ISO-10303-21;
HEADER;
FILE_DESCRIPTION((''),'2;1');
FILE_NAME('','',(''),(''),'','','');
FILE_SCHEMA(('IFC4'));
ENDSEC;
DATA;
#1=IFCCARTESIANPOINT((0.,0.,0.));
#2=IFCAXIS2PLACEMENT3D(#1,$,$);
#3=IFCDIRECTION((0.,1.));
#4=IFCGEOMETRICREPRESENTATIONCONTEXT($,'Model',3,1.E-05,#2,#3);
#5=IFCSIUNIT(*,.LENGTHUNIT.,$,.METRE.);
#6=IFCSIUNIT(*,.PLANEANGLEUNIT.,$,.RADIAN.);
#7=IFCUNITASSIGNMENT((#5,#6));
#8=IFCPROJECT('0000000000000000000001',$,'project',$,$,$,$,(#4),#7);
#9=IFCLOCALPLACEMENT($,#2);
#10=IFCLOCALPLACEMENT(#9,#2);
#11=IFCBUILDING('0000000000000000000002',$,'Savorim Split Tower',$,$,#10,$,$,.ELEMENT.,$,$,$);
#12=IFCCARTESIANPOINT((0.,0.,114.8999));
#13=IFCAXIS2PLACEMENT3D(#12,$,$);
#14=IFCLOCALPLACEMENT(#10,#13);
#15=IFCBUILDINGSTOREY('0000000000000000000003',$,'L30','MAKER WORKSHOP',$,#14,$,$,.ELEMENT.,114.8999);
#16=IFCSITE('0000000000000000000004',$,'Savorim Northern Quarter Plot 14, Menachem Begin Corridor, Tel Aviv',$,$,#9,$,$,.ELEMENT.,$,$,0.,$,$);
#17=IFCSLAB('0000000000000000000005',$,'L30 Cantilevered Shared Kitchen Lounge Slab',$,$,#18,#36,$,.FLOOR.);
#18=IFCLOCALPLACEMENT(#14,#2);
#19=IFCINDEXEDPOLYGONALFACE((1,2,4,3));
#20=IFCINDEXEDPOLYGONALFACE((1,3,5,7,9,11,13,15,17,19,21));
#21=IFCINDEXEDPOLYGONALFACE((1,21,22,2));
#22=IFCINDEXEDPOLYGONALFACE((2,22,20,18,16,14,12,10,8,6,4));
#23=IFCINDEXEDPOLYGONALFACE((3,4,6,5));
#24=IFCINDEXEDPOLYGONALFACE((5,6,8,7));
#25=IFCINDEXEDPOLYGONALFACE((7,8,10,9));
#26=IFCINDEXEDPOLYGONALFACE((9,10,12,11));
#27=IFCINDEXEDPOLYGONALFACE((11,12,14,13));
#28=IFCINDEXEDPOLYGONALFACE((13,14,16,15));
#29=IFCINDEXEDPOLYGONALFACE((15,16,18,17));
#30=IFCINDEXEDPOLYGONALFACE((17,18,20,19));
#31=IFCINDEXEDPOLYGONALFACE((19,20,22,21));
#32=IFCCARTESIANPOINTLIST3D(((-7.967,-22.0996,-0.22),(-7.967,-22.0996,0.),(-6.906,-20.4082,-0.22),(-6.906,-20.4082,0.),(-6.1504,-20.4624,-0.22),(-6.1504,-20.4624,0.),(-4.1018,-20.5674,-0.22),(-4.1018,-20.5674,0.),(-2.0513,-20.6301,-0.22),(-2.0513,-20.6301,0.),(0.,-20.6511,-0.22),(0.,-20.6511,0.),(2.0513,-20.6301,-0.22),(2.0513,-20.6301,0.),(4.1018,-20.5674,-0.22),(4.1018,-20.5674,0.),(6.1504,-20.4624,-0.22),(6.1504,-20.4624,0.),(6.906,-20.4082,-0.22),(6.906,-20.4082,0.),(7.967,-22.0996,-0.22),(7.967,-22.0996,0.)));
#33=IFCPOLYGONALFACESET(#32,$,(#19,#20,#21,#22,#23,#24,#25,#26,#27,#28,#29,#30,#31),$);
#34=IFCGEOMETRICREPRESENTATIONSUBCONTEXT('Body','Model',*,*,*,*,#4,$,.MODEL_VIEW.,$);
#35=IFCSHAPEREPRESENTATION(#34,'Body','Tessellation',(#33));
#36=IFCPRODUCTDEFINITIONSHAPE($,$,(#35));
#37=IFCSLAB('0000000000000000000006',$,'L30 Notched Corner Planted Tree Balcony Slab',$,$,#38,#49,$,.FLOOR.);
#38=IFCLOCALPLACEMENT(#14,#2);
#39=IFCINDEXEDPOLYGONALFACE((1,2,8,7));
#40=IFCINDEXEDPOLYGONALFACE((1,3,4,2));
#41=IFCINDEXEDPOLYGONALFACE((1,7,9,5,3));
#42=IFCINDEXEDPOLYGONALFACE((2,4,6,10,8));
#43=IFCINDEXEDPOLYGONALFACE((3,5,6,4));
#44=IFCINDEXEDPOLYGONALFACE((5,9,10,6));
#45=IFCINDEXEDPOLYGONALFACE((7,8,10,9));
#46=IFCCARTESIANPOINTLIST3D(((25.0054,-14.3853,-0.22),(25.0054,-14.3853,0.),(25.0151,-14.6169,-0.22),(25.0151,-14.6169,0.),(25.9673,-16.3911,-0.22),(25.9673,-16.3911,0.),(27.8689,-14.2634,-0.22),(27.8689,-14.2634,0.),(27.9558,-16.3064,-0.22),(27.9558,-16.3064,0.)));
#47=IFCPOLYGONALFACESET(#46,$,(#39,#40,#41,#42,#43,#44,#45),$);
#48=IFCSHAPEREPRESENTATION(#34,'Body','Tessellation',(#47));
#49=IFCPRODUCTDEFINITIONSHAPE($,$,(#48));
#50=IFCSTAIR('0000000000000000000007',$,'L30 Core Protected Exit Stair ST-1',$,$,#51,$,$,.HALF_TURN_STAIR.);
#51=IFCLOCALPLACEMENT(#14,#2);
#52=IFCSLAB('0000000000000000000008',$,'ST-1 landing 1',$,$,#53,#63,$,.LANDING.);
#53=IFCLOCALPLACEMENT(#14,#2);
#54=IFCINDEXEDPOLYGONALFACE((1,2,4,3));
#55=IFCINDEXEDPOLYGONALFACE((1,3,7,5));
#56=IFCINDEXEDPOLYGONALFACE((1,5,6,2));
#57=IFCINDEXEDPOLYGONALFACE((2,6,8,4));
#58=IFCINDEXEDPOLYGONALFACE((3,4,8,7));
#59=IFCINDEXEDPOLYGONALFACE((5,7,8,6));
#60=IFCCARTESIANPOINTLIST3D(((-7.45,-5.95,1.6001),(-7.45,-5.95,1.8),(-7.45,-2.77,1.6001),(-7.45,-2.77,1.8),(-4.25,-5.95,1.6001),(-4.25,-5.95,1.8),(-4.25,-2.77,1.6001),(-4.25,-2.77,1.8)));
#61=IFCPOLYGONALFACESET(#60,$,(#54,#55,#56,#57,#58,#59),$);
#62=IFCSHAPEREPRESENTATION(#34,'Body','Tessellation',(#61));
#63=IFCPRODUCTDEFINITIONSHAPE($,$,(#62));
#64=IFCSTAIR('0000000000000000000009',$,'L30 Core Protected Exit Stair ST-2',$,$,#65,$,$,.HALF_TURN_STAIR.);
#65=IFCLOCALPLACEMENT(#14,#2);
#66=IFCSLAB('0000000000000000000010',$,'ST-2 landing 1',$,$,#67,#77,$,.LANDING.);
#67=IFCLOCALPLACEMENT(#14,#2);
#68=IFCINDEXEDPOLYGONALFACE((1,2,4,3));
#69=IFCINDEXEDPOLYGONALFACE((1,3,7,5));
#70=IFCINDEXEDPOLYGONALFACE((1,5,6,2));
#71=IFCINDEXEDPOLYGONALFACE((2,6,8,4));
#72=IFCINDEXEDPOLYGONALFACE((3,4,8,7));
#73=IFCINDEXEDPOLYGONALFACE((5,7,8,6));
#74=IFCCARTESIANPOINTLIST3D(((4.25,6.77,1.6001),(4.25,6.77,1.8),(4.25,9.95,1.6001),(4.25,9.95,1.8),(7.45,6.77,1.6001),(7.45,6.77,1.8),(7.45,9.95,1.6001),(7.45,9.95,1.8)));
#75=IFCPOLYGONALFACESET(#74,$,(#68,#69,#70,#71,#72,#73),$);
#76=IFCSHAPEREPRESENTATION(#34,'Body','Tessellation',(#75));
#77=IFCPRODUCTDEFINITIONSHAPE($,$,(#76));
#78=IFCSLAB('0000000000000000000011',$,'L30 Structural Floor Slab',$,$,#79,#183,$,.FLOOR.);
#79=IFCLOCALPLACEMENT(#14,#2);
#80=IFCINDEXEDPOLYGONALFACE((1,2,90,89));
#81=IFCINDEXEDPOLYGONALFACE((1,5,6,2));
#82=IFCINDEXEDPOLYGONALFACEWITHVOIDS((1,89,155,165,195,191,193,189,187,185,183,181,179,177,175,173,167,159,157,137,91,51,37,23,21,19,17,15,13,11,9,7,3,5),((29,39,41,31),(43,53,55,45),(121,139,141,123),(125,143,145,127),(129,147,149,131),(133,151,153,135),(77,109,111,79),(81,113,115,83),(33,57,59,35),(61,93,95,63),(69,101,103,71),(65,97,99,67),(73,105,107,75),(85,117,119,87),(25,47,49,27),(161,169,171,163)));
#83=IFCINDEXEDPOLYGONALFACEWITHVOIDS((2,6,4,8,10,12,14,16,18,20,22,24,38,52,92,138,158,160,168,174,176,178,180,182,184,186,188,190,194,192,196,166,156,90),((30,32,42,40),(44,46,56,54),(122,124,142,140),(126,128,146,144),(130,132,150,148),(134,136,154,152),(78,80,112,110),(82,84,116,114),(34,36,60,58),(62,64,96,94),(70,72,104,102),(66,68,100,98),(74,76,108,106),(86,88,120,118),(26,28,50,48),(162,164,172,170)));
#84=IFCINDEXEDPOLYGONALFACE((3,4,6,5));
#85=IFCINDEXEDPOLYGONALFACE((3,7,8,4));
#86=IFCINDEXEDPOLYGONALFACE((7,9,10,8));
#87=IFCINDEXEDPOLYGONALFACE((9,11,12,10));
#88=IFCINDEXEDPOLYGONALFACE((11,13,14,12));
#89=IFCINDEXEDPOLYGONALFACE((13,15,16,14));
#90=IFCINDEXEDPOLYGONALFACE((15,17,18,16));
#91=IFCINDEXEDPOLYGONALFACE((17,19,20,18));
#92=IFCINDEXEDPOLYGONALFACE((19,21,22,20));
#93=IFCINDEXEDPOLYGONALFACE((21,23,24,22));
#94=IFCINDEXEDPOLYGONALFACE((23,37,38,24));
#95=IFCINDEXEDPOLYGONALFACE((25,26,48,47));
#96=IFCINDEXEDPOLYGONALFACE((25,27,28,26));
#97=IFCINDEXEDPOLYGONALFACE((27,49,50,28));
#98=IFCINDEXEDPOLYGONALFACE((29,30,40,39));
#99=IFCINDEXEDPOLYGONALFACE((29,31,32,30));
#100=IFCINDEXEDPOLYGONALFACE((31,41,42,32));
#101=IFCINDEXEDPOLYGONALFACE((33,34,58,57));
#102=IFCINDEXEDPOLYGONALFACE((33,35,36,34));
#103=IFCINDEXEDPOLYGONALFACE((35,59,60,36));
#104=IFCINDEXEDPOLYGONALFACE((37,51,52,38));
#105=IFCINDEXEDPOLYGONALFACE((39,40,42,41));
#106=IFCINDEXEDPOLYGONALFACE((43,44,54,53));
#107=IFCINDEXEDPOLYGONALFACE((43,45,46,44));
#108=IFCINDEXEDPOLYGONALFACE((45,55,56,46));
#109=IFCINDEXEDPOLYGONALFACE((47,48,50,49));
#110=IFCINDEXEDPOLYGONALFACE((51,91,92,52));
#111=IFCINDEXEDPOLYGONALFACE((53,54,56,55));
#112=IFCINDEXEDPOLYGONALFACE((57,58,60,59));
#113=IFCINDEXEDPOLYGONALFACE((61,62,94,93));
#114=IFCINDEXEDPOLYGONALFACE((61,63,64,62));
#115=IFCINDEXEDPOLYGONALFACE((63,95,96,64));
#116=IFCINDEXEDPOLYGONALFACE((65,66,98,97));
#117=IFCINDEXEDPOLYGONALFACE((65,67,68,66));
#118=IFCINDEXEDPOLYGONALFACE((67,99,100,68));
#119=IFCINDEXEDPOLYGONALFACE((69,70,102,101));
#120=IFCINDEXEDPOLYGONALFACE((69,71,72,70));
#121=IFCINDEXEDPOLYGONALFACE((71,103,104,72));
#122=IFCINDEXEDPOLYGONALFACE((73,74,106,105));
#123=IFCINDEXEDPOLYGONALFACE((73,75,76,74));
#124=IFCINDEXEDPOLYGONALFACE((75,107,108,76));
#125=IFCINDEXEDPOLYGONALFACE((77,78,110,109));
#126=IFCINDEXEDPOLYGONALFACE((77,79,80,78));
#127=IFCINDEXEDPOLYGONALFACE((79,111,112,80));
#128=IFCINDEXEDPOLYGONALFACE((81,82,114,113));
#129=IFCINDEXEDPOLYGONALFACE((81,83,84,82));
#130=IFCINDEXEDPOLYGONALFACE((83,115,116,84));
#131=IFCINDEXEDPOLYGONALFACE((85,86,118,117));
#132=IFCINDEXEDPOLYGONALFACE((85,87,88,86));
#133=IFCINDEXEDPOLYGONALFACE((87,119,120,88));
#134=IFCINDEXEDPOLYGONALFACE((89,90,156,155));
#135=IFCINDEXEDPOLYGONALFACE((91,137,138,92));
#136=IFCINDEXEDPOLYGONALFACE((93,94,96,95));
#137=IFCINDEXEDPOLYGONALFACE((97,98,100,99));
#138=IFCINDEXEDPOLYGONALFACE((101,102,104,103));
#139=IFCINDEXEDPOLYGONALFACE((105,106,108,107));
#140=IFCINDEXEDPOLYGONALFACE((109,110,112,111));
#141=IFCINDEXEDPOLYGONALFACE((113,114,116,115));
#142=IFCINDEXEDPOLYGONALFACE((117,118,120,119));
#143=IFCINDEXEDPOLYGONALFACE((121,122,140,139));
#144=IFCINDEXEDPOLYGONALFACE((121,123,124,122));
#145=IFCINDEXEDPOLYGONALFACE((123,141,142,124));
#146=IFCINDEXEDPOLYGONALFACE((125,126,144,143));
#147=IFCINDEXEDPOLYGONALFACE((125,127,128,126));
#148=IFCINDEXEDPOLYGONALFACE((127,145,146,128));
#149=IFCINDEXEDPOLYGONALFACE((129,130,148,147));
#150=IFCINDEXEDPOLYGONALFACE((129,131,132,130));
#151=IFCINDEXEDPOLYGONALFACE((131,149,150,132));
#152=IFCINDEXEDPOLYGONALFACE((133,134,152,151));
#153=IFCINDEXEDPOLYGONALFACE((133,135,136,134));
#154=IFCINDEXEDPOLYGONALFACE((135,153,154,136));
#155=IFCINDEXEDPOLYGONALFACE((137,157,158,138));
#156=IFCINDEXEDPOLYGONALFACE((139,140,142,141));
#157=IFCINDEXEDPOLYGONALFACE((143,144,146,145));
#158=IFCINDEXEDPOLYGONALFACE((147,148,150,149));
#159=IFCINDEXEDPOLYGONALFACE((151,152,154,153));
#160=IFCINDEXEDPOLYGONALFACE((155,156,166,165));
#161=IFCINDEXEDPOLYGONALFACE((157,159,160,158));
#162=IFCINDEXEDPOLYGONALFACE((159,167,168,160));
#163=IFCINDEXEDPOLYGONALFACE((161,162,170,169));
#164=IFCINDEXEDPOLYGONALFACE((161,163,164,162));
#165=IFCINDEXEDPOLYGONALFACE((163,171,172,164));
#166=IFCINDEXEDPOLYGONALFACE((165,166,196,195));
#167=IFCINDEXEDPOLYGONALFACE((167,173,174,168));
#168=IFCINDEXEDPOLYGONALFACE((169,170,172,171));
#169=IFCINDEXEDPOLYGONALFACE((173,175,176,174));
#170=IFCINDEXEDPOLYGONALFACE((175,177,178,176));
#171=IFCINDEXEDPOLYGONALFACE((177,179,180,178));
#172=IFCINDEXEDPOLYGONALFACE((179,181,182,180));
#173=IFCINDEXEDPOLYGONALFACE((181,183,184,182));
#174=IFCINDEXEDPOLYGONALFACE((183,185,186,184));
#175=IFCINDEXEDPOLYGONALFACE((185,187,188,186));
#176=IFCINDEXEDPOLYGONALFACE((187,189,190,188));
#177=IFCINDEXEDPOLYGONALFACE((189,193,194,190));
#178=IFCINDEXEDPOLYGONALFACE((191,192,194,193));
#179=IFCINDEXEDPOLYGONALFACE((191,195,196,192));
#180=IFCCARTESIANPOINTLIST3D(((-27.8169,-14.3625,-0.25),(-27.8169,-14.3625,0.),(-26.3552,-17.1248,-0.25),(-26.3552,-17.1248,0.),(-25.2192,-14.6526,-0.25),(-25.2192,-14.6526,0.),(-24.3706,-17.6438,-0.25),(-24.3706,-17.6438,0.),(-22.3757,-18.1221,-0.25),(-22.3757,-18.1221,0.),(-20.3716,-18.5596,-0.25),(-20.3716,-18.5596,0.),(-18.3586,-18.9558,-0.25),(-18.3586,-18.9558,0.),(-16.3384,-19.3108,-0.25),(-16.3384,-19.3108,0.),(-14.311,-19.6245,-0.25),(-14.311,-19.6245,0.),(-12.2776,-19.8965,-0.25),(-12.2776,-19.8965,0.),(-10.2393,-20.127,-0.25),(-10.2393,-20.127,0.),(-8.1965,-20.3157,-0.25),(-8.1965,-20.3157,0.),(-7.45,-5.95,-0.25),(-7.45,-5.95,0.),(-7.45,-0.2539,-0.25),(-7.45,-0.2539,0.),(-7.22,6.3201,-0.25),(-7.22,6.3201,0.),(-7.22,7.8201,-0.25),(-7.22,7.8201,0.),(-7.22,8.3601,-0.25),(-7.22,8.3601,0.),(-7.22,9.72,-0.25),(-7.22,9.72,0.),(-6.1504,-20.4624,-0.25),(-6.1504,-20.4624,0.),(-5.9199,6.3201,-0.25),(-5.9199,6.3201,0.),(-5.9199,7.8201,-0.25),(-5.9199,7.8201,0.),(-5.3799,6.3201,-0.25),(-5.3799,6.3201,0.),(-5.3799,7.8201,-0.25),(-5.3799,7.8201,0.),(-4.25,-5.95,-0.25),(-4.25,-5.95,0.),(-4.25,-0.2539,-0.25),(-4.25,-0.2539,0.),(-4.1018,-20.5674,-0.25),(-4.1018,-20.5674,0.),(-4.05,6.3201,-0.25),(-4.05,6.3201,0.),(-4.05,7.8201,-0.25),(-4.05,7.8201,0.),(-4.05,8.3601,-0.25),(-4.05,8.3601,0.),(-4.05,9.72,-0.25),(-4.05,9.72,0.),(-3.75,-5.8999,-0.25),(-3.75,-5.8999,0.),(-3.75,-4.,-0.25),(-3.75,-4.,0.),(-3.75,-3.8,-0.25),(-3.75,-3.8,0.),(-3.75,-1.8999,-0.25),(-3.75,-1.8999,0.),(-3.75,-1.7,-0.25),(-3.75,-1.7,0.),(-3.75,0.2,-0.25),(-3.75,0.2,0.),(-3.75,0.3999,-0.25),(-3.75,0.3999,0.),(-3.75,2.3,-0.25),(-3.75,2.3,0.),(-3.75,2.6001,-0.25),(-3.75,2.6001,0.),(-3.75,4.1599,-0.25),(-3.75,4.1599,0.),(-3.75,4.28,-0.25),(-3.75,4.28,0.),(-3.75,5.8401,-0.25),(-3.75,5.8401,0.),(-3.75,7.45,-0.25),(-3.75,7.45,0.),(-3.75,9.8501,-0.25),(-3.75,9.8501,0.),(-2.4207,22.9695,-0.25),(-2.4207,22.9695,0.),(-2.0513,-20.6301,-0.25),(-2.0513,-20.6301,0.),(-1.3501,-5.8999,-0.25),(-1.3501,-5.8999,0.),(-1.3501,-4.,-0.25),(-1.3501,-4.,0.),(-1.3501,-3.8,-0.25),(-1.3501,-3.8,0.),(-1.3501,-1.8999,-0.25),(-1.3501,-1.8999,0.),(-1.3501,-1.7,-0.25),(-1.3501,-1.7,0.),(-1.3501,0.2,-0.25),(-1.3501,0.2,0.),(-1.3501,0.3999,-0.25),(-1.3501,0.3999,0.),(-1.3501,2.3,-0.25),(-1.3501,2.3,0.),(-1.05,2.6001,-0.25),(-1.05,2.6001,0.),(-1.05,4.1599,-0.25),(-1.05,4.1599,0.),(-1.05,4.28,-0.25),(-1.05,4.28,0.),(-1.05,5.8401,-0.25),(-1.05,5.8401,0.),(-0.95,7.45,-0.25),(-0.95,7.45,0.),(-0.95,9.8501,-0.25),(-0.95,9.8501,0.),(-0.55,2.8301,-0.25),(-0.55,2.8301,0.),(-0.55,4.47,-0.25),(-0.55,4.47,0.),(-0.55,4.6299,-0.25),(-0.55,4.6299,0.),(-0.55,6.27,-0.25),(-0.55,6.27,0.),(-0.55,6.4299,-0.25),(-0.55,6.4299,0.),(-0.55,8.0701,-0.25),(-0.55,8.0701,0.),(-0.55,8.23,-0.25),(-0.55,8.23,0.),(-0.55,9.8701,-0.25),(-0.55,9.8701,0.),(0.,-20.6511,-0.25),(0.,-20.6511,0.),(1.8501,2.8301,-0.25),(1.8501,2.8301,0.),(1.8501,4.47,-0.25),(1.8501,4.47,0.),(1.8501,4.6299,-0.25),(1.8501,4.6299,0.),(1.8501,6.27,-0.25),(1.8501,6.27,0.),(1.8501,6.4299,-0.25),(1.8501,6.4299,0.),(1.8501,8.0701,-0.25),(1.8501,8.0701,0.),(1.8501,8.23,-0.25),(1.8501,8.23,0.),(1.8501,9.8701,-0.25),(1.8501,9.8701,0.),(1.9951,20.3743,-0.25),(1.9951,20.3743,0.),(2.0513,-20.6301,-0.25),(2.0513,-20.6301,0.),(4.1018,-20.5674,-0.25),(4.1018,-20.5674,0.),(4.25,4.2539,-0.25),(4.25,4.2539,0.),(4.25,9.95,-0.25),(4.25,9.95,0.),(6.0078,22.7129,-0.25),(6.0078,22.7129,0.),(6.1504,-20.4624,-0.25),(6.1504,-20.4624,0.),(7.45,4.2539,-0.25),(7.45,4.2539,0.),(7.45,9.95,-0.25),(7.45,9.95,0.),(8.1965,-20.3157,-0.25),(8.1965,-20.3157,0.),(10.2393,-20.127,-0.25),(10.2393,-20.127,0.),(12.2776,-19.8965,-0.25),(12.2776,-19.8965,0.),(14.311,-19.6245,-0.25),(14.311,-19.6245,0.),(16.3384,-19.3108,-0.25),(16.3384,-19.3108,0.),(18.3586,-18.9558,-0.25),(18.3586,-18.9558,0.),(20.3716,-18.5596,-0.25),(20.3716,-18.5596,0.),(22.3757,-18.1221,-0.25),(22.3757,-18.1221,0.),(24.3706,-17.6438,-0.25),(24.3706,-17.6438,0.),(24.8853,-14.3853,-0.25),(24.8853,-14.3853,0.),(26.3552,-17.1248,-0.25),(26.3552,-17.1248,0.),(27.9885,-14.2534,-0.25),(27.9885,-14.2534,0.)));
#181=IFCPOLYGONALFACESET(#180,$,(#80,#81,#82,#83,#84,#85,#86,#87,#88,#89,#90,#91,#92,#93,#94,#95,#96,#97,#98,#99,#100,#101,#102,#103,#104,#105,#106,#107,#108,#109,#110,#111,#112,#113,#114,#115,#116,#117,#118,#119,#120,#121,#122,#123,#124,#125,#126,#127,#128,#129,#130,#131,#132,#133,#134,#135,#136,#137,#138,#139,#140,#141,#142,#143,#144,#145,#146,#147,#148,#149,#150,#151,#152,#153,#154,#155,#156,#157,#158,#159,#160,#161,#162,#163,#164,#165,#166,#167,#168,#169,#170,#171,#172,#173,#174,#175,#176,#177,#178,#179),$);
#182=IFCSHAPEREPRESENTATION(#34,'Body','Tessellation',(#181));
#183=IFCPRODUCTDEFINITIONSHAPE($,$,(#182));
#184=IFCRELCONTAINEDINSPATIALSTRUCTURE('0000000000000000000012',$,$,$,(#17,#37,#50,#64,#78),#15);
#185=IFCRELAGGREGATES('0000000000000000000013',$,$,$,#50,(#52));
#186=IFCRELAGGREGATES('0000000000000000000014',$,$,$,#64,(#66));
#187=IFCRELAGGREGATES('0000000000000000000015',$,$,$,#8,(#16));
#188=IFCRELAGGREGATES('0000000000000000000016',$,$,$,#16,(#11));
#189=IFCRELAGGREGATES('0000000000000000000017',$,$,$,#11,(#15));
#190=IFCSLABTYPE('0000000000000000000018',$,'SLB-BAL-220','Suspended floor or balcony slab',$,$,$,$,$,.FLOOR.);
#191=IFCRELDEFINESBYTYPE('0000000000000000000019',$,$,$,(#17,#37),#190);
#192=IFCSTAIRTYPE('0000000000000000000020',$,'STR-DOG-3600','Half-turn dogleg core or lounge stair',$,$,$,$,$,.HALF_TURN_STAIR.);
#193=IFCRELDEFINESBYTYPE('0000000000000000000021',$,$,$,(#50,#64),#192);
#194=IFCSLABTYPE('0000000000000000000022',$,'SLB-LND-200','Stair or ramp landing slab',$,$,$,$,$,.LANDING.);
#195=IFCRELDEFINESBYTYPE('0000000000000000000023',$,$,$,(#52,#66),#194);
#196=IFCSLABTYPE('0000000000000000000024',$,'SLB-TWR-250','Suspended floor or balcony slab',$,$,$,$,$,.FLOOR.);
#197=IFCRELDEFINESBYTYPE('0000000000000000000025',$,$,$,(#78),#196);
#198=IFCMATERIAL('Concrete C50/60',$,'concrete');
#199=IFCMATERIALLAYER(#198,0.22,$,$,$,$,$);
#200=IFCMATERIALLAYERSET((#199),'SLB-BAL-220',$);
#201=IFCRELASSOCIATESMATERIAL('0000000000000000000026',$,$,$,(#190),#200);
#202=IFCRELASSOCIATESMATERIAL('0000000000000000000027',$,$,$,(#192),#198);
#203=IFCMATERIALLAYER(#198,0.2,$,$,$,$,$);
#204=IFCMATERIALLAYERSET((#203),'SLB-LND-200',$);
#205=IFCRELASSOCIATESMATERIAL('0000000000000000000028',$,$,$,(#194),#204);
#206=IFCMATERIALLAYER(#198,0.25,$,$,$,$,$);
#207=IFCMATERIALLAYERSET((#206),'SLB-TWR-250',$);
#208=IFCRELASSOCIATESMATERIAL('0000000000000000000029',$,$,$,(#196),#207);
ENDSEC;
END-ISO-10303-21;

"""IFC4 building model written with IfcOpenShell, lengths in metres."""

from ifc_helpers import new_model, si_unit, direction, frame, origin, place, context, subcontext, project, spatial, polyline, outline, extrude, material, layer, layer_set, type_object, element, aggregate, save


model = new_model("IFC4")

# Units and contexts
model_context = context("Model", 3, precision=1e-05, world=origin(), true_north=direction((0.0, 1.0)))
body_context = subcontext(model_context, "Body", "Model", "MODEL_VIEW")
ifc_project = project(units=[si_unit("LENGTHUNIT", "METRE"), si_unit("PLANEANGLEUNIT", "RADIAN")], contexts=[model_context])

# Site, building, storey
site_placement = place(None, origin())
site = spatial("IfcSite", under=ifc_project, at=site_placement, Name="Savorim Northern Quarter Plot 14, Menachem Begin Corridor, Tel Aviv", CompositionType="ELEMENT", RefElevation=0.0)
building_placement = place(site_placement, origin())
building = spatial("IfcBuilding", under=site, at=building_placement, Name="Savorim Split Tower", CompositionType="ELEMENT")
storey_placement = place(building_placement, frame((0.0, 0.0, 114.8999)))
storey = spatial("IfcBuildingStorey", under=building, at=storey_placement, Name="L30", Description="MAKER WORKSHOP", CompositionType="ELEMENT", Elevation=114.8999)

# Slabs
ifc_material_1 = material(Name="Concrete C50/60", Category="concrete")
ifc_layer_1 = layer(ifc_material_1, 0.22)
ifc_layer_set_1 = layer_set([ifc_layer_1], Name="SLB-BAL-220")
slab_type_1 = type_object("IfcSlabType", Name="SLB-BAL-220", Description="Suspended floor or balcony slab", PredefinedType="FLOOR", material=ifc_layer_set_1)
slab_1_placement = place(storey_placement, frame((0.0, 0.0, -0.22)))
element("IfcSlab", 1, at=slab_1_placement, inside=storey, type_object=slab_type_1, Name="L30 Cantilevered Shared Kitchen Lounge Slab", PredefinedType="FLOOR", context=body_context, shape_type="SweptSolid", body=[
    extrude(outline(polyline([(6.906, -20.4082), (6.1504, -20.4624), (4.1018, -20.5674), (2.0513, -20.6301), (0.0, -20.6511), (-2.0513, -20.6301), (-4.1018, -20.5674), (-6.1504, -20.4624), (-6.906, -20.4082), (-7.967, -22.0996), (7.967, -22.0996), (6.906, -20.4082)])), origin(), (0.0, 0.0, 1.0), 0.22),
])
slab_2_placement = place(storey_placement, frame((0.0, 0.0, -0.22)))
element("IfcSlab", 2, at=slab_2_placement, inside=storey, type_object=slab_type_1, Name="L30 Notched Corner Planted Tree Balcony Slab", PredefinedType="FLOOR", context=body_context, shape_type="SweptSolid", body=[
    extrude(outline(polyline([(27.8689, -14.2634), (25.0054, -14.3853), (25.0151, -14.6169), (25.9673, -16.3911), (27.9558, -16.3064), (27.8689, -14.2634)])), origin(), (0.0, 0.0, 1.0), 0.22),
])

# Stairs, slabs
stair_type = type_object("IfcStairType", Name="STR-DOG-3600", Description="Half-turn dogleg core or lounge stair", PredefinedType="HALF_TURN_STAIR", material=ifc_material_1)
stair_1_placement = place(storey_placement, origin())
stair_1 = element("IfcStair", 3, at=stair_1_placement, inside=storey, type_object=stair_type, Name="L30 Core Protected Exit Stair ST-1", PredefinedType="HALF_TURN_STAIR")
ifc_layer_2 = layer(ifc_material_1, 0.2)
ifc_layer_set_2 = layer_set([ifc_layer_2], Name="SLB-LND-200")
slab_type_2 = type_object("IfcSlabType", Name="SLB-LND-200", Description="Stair or ramp landing slab", PredefinedType="LANDING", material=ifc_layer_set_2)
slab_3_placement = place(storey_placement, frame((0.0, 0.0, 1.6001)))
slab_3 = element("IfcSlab", 4, at=slab_3_placement, type_object=slab_type_2, Name="ST-1 landing 1", PredefinedType="LANDING", context=body_context, shape_type="SweptSolid", body=[
    extrude(outline(polyline([(-7.45, -2.77), (-7.45, -5.95), (-4.25, -5.95), (-4.25, -2.77), (-7.45, -2.77)])), origin(), (0.0, 0.0, 1.0), 0.2),
])
aggregate(stair_1, [slab_3])
stair_2_placement = place(storey_placement, origin())
stair_2 = element("IfcStair", 5, at=stair_2_placement, inside=storey, type_object=stair_type, Name="L30 Core Protected Exit Stair ST-2", PredefinedType="HALF_TURN_STAIR")
slab_4_placement = place(storey_placement, frame((0.0, 0.0, 1.6001)))
slab_4 = element("IfcSlab", 6, at=slab_4_placement, type_object=slab_type_2, Name="ST-2 landing 1", PredefinedType="LANDING", context=body_context, shape_type="SweptSolid", body=[
    extrude(outline(polyline([(7.45, 6.77), (7.45, 9.95), (4.25, 9.95), (4.25, 6.77), (7.45, 6.77)])), origin(), (0.0, 0.0, 1.0), 0.2),
])
aggregate(stair_2, [slab_4])

# Slab
ifc_layer_3 = layer(ifc_material_1, 0.25)
ifc_layer_set_3 = layer_set([ifc_layer_3], Name="SLB-TWR-250")
slab_type_3 = type_object("IfcSlabType", Name="SLB-TWR-250", Description="Suspended floor or balcony slab", PredefinedType="FLOOR", material=ifc_layer_set_3)
slab_5_placement = place(storey_placement, frame((0.0, 0.0, -0.25)))
element("IfcSlab", 7, at=slab_5_placement, inside=storey, type_object=slab_type_3, Name="L30 Structural Floor Slab", PredefinedType="FLOOR", context=body_context, shape_type="SweptSolid", body=[
    extrude(outline(polyline([(-26.3552, -17.1248), (-24.3706, -17.6438), (-22.3757, -18.1221), (-20.3716, -18.5596), (-18.3586, -18.9558), (-16.3384, -19.3108), (-14.311, -19.6245), (-12.2776, -19.8965), (-10.2393, -20.127), (-8.1965, -20.3157), (-6.1504, -20.4624), (-4.1018, -20.5674), (-2.0513, -20.6301), (0.0, -20.6511), (2.0513, -20.6301), (4.1018, -20.5674), (6.1504, -20.4624), (8.1965, -20.3157), (10.2393, -20.127), (12.2776, -19.8965), (14.311, -19.6245), (16.3384, -19.3108), (18.3586, -18.9558), (20.3716, -18.5596), (22.3757, -18.1221), (24.3706, -17.6438), (26.3552, -17.1248), (24.8853, -14.3853), (27.9885, -14.2534), (6.0078, 22.7129), (1.9951, 20.3743), (-2.4207, 22.9695), (-27.8169, -14.3625), (-25.2192, -14.6526), (-26.3552, -17.1248)]), holes=[polyline([(-7.45, -0.2539), (-7.45, -5.95), (-4.25, -5.95), (-4.25, -0.2539), (-7.45, -0.2539)]), polyline([(7.45, 4.2539), (7.45, 9.95), (4.25, 9.95), (4.25, 4.2539), (7.45, 4.2539)]), polyline([(-3.75, -5.8999), (-1.3501, -5.8999), (-1.3501, -4.0), (-3.75, -4.0), (-3.75, -5.8999)]), polyline([(-3.75, -3.8), (-1.3501, -3.8), (-1.3501, -1.8999), (-3.75, -1.8999), (-3.75, -3.8)]), polyline([(-3.75, -1.7), (-1.3501, -1.7), (-1.3501, 0.2), (-3.75, 0.2), (-3.75, -1.7)]), polyline([(-3.75, 0.3999), (-1.3501, 0.3999), (-1.3501, 2.3), (-3.75, 2.3), (-3.75, 0.3999)]), polyline([(-0.55, 2.8301), (1.8501, 2.8301), (1.8501, 4.47), (-0.55, 4.47), (-0.55, 2.8301)]), polyline([(-0.55, 4.6299), (1.8501, 4.6299), (1.8501, 6.27), (-0.55, 6.27), (-0.55, 4.6299)]), polyline([(-0.55, 6.4299), (1.8501, 6.4299), (1.8501, 8.0701), (-0.55, 8.0701), (-0.55, 6.4299)]), polyline([(-0.55, 8.23), (1.8501, 8.23), (1.8501, 9.8701), (-0.55, 9.8701), (-0.55, 8.23)]), polyline([(-3.75, 2.6001), (-1.05, 2.6001), (-1.05, 4.1599), (-3.75, 4.1599), (-3.75, 2.6001)]), polyline([(-3.75, 4.28), (-1.05, 4.28), (-1.05, 5.8401), (-3.75, 5.8401), (-3.75, 4.28)]), polyline([(-3.75, 7.45), (-0.95, 7.45), (-0.95, 9.8501), (-3.75, 9.8501), (-3.75, 7.45)]), polyline([(-7.22, 6.3201), (-5.9199, 6.3201), (-5.9199, 7.8201), (-7.22, 7.8201), (-7.22, 6.3201)]), polyline([(-5.3799, 6.3201), (-4.05, 6.3201), (-4.05, 7.8201), (-5.3799, 7.8201), (-5.3799, 6.3201)]), polyline([(-7.22, 8.3601), (-4.05, 8.3601), (-4.05, 9.72), (-7.22, 9.72), (-7.22, 8.3601)])]), origin(), (0.0, 0.0, 1.0), 0.25),
])

save(model, "model.ifc")
